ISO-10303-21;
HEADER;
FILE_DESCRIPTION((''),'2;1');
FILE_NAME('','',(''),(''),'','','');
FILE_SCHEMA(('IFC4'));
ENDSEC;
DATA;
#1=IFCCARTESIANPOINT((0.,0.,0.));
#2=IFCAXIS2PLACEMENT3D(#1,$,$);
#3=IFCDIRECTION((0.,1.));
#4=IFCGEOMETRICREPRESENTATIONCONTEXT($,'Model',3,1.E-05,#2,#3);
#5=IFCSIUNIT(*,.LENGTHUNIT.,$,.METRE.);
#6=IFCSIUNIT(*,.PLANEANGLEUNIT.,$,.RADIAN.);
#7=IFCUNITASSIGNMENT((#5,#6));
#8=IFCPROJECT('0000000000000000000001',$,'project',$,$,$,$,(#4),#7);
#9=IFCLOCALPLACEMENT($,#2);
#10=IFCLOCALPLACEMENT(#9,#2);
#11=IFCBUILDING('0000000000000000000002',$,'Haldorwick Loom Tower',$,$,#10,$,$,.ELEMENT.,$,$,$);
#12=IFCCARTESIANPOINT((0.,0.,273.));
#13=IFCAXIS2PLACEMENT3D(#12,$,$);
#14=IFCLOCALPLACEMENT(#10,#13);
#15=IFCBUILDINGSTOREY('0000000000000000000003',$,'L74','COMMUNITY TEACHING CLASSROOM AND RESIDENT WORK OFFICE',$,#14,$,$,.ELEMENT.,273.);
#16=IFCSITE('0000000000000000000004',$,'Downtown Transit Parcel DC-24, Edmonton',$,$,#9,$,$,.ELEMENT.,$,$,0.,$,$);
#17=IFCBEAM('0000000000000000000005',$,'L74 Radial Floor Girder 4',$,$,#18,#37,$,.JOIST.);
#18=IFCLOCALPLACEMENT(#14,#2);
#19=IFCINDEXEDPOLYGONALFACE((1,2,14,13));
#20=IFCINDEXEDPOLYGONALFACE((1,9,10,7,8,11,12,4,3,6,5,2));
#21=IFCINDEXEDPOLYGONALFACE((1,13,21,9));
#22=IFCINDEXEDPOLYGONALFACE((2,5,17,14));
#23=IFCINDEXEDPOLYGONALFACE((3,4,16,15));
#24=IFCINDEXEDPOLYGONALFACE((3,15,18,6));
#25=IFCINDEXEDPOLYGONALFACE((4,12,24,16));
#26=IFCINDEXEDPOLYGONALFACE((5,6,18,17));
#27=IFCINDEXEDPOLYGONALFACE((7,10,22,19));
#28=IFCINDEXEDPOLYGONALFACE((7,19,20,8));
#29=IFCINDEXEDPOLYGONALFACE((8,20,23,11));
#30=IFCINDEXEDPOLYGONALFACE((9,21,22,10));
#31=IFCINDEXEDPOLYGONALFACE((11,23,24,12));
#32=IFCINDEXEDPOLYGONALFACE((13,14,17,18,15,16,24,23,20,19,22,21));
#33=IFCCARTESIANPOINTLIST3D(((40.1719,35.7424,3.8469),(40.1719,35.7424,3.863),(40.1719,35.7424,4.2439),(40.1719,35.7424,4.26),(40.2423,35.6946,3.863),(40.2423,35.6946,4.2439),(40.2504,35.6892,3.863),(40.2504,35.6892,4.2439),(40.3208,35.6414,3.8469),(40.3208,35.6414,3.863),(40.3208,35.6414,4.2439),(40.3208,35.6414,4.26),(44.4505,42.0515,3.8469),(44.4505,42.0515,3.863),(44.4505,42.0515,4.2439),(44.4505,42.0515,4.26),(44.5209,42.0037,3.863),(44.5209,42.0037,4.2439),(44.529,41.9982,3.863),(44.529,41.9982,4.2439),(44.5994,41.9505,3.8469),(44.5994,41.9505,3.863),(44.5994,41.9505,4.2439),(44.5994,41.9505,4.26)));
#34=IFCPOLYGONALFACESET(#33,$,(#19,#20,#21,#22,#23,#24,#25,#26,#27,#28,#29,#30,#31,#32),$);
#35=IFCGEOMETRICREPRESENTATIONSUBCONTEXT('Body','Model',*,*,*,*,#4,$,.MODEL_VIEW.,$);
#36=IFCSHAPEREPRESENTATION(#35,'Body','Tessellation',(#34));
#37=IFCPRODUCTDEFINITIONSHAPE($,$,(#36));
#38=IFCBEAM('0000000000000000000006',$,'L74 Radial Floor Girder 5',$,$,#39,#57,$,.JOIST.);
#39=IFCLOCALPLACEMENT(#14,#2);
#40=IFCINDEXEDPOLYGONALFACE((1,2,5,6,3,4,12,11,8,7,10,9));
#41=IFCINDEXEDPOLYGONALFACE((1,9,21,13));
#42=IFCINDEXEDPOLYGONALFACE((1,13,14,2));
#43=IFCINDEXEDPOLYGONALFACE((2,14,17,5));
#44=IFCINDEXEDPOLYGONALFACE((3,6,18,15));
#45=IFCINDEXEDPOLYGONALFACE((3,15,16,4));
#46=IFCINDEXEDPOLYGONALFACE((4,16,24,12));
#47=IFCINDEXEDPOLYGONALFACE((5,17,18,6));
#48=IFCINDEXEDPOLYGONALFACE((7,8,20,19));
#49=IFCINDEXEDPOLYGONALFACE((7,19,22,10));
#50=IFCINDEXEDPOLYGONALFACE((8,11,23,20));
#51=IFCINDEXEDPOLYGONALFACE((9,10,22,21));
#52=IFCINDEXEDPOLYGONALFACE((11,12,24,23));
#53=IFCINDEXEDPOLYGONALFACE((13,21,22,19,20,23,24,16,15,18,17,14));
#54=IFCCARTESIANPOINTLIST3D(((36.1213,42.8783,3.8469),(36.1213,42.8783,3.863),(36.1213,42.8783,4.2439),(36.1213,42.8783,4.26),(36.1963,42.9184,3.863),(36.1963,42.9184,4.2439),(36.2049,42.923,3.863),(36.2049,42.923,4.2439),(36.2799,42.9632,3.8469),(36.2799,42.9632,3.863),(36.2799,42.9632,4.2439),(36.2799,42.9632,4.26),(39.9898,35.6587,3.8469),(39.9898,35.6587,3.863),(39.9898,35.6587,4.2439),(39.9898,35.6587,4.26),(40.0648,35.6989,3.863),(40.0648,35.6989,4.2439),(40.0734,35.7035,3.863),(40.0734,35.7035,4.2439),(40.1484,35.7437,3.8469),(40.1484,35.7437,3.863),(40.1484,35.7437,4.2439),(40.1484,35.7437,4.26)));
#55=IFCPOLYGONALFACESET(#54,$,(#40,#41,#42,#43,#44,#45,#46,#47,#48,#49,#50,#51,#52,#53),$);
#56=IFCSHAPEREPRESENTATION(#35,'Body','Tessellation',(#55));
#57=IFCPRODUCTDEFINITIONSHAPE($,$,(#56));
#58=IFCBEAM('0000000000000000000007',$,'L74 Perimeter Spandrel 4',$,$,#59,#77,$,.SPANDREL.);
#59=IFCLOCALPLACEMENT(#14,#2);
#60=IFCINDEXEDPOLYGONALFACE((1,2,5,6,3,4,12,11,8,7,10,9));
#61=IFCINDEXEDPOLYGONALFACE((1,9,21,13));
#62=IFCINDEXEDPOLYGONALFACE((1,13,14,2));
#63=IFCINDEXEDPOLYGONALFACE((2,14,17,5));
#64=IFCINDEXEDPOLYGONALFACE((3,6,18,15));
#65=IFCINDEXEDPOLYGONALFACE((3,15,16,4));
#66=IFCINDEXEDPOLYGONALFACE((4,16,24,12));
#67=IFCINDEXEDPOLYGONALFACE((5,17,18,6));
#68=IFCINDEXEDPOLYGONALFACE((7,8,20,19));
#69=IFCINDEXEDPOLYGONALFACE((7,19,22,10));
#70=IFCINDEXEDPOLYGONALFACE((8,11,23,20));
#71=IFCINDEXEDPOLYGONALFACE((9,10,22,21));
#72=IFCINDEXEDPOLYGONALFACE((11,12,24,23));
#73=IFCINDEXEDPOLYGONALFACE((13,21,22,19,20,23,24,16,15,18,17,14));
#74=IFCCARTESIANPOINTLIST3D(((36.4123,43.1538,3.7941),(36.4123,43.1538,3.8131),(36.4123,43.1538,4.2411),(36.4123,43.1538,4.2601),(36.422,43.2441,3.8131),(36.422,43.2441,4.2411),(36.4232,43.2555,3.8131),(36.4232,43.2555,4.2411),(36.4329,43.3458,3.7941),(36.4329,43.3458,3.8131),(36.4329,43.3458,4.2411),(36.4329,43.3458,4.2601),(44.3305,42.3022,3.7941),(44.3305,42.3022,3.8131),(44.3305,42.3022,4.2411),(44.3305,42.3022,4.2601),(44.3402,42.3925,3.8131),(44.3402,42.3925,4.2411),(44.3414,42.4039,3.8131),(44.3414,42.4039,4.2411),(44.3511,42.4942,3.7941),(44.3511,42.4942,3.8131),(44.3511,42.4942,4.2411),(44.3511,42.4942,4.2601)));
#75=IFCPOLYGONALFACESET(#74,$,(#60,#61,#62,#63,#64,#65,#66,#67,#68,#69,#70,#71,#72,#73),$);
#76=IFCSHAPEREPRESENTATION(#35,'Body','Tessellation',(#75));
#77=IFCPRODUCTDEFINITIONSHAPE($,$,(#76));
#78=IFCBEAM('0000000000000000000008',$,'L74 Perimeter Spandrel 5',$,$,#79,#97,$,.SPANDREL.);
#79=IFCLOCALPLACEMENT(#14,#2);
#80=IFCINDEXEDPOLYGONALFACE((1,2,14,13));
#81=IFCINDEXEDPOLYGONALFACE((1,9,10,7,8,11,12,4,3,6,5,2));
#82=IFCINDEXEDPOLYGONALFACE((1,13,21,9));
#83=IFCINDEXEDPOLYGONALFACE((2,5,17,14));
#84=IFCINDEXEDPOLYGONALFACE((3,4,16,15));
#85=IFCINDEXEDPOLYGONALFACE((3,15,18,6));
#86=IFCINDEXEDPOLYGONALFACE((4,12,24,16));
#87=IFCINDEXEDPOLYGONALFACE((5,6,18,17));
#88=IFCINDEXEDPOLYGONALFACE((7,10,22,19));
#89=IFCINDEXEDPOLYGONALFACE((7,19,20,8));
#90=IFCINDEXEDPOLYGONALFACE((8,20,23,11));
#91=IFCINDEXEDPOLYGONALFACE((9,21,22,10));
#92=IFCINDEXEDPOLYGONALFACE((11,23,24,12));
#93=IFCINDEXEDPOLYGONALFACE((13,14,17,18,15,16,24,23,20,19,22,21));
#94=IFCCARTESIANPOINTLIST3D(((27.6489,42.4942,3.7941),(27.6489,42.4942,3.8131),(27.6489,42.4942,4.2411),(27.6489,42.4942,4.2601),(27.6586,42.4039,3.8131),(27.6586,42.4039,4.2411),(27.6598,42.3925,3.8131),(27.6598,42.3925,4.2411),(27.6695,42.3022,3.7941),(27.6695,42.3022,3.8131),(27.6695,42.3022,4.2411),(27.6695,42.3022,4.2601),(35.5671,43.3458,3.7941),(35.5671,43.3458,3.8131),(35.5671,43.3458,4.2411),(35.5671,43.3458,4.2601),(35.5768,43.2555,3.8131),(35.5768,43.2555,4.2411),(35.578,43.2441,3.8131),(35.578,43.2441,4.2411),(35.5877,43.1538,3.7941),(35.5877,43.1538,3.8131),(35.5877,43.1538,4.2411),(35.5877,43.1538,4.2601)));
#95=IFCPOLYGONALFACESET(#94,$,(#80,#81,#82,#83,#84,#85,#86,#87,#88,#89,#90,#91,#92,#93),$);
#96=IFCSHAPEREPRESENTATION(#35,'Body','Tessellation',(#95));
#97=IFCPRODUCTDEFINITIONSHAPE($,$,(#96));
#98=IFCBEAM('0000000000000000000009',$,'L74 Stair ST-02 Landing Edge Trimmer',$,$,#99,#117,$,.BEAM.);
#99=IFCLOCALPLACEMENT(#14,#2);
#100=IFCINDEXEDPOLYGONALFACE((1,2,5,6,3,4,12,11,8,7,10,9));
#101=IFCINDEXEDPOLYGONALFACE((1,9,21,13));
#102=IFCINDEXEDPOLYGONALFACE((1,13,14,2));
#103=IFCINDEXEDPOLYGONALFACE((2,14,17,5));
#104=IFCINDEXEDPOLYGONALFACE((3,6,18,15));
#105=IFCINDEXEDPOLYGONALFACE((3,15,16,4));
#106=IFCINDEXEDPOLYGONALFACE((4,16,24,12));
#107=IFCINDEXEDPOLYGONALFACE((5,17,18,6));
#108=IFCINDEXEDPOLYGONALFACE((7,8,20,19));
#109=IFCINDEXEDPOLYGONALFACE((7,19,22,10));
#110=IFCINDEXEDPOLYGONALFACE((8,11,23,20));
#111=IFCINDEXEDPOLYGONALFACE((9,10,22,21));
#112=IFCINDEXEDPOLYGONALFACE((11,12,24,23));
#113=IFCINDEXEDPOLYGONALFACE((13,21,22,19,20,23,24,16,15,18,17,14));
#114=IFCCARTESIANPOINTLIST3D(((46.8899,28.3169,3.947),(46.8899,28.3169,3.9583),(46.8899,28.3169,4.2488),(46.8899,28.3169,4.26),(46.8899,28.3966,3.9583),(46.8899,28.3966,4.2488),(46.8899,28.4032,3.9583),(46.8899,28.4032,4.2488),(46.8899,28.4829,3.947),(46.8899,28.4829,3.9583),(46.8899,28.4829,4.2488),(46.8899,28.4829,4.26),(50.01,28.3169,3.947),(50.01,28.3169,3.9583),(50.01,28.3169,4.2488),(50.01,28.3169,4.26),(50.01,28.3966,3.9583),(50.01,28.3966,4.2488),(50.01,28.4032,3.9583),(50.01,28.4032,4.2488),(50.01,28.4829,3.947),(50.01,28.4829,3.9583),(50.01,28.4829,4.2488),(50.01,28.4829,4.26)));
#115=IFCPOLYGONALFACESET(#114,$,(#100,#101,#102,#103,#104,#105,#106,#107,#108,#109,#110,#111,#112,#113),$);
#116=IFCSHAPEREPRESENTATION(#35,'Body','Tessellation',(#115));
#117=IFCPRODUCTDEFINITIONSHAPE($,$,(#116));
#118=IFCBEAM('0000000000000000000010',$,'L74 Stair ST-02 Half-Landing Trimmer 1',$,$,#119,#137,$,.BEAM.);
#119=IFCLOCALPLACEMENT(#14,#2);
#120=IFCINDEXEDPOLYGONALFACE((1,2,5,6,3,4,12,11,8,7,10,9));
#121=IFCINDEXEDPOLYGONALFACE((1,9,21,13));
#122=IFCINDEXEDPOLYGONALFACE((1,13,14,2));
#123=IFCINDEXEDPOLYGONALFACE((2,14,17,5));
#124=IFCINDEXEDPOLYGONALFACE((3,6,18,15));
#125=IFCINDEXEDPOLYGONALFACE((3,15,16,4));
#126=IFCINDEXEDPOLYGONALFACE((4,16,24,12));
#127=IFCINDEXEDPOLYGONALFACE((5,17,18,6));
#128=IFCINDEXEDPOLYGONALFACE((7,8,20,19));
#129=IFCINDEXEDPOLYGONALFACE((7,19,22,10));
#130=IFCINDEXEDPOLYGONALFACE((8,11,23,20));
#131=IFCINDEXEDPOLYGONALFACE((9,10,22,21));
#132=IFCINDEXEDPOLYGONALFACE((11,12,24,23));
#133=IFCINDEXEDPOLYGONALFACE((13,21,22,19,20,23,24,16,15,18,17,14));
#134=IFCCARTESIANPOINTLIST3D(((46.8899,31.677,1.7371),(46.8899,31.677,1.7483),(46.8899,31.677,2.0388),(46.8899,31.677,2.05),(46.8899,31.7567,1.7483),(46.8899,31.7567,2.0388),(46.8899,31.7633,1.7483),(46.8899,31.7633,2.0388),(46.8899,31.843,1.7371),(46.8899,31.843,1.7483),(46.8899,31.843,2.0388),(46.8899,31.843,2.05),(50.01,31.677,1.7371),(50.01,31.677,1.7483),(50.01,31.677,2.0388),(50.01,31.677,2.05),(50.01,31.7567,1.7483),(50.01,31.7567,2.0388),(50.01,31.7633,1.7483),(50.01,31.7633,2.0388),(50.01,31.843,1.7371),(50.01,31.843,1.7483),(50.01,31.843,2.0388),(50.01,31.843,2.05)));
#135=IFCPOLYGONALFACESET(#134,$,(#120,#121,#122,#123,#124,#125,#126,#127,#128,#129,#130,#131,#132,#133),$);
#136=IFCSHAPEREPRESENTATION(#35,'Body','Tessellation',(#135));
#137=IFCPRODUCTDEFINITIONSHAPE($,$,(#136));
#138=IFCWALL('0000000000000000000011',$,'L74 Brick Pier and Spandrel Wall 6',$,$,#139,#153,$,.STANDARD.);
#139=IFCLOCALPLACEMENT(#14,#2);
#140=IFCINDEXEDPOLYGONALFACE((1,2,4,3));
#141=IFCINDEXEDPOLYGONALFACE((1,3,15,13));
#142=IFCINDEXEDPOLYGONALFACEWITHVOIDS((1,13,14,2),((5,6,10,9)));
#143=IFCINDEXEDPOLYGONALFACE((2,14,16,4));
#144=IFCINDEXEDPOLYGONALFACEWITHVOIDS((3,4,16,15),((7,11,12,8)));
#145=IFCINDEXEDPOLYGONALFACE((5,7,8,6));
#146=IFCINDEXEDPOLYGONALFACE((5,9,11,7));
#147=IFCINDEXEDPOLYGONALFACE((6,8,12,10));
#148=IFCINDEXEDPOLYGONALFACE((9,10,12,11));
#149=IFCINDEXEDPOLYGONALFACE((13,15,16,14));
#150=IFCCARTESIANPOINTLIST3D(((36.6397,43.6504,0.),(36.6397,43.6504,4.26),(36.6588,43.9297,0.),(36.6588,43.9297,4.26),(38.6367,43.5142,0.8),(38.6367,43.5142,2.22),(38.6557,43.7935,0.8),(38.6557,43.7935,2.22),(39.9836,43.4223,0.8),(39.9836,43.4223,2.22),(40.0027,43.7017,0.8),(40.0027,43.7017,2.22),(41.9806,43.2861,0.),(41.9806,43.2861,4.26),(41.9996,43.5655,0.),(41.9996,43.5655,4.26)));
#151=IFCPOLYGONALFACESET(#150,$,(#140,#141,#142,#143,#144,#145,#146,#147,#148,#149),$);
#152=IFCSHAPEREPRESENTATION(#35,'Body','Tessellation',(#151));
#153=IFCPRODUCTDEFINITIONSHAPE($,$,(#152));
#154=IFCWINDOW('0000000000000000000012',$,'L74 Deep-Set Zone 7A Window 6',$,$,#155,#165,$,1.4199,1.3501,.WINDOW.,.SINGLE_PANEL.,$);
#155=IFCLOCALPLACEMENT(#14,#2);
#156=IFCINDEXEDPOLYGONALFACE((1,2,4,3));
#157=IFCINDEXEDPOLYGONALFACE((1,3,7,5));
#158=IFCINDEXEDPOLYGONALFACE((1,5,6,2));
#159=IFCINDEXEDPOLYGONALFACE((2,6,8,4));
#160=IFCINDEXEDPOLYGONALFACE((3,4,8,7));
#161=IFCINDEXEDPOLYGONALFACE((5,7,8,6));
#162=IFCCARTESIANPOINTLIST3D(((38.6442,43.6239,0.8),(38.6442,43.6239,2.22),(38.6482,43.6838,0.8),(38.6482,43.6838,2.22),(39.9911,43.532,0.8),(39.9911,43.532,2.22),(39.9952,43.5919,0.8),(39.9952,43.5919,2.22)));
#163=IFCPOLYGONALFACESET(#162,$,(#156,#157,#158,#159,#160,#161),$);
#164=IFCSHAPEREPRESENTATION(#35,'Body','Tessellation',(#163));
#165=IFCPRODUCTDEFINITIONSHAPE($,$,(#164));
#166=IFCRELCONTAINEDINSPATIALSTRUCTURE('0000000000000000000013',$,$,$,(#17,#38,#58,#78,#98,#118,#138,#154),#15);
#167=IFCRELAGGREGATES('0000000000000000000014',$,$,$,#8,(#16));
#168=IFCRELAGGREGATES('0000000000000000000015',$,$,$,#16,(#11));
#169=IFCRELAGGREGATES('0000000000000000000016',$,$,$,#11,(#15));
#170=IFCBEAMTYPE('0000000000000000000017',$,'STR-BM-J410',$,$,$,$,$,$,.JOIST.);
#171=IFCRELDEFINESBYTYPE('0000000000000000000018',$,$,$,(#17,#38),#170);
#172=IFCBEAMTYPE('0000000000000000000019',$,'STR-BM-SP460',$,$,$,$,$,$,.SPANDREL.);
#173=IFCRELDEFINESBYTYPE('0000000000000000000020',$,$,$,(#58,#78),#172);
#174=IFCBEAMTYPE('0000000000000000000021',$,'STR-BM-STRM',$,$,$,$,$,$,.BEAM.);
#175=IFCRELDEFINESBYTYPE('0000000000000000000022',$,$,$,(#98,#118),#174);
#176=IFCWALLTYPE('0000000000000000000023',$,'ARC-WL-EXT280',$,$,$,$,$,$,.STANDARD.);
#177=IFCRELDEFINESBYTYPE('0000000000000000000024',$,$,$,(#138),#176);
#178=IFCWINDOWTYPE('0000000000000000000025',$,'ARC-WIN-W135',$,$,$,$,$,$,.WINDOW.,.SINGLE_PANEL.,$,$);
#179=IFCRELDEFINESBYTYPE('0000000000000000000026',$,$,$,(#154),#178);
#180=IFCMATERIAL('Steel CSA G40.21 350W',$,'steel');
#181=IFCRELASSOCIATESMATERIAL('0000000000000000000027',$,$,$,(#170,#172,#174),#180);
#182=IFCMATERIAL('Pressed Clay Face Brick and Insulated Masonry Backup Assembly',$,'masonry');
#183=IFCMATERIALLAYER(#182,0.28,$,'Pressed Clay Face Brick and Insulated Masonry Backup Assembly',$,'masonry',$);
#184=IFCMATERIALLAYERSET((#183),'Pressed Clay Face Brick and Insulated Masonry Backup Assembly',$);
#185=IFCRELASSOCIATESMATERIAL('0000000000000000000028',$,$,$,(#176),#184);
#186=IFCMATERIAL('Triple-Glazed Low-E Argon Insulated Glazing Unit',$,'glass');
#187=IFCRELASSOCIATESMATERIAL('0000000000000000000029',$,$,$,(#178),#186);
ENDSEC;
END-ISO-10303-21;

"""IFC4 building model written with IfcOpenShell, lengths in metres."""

from ifc_helpers import new_model, si_unit, direction, frame, frame_2d, origin, origin_2d, place, context, subcontext, project, spatial, rectangle, i_section, extrude, material, layer, layer_set, material_profile, profile_set, type_object, element, fill, save


model = new_model("IFC4")

# Units and contexts
model_context = context("Model", 3, precision=1e-05, world=origin(), true_north=direction((0.0, 1.0)))
body_context = subcontext(model_context, "Body", "Model", "MODEL_VIEW")
ifc_project = project(units=[si_unit("LENGTHUNIT", "METRE"), si_unit("PLANEANGLEUNIT", "RADIAN")], contexts=[model_context])

# Site, building, storey
site_placement = place(None, origin())
site = spatial("IfcSite", under=ifc_project, at=site_placement, Name="Downtown Transit Parcel DC-24, Edmonton", CompositionType="ELEMENT", RefElevation=0.0)
building_placement = place(site_placement, origin())
building = spatial("IfcBuilding", under=site, at=building_placement, Name="Haldorwick Loom Tower", CompositionType="ELEMENT")
storey_placement = place(building_placement, frame((0.0, 0.0, 273.0)))
storey = spatial("IfcBuildingStorey", under=building, at=storey_placement, Name="L74", Description="COMMUNITY TEACHING CLASSROOM AND RESIDENT WORK OFFICE", CompositionType="ELEMENT", Elevation=273.0)

# Shared definitions
ifc_material_1 = material(Name="Steel CSA G40.21 350W", Category="steel")

# Beams
ifc_material_profile_1 = material_profile(ifc_material_1, i_section(OverallWidth=0.1799, OverallDepth=0.4131, WebThickness=0.0098, FlangeThickness=0.0161, at=origin_2d()), Name="W410X74", Category="steel")
ifc_profile_set_1 = profile_set([ifc_material_profile_1], Name="Steel CSA G40.21 350W")
beam_type_1 = type_object("IfcBeamType", Name="STR-BM-J410", PredefinedType="JOIST", material=ifc_profile_set_1)
beam_1_placement = place(storey_placement, frame((40.2463, 35.6919, 4.0535), z_axis=(0.561268, 0.827634, 0.0), x_axis=(-0.827634, 0.561268, 0.0)))
element("IfcBeam", 1, at=beam_1_placement, inside=storey, type_object=beam_type_1, Name="L74 Radial Floor Girder 4", PredefinedType="JOIST", context=body_context, shape_type="SweptSolid", body=[
    extrude(i_section(OverallWidth=0.1799, OverallDepth=0.4131, WebThickness=0.0098, FlangeThickness=0.0161, at=origin_2d()), origin(), (0.0, 0.0, 1.0), 7.623),
])
beam_2_placement = place(storey_placement, frame((40.0691, 35.7012, 4.0535), z_axis=(-0.4723, 0.881438, 0.0), x_axis=(-0.881438, -0.4723, 0.0)))
element("IfcBeam", 2, at=beam_2_placement, inside=storey, type_object=beam_type_1, Name="L74 Radial Floor Girder 5", PredefinedType="JOIST", context=body_context, shape_type="SweptSolid", body=[
    extrude(i_section(OverallWidth=0.1799, OverallDepth=0.4131, WebThickness=0.0098, FlangeThickness=0.0161, at=origin_2d()), origin(), (0.0, 0.0, 1.0), 8.1907),
])
ifc_material_profile_2 = material_profile(ifc_material_1, i_section(OverallWidth=0.1931, OverallDepth=0.4661, WebThickness=0.0115, FlangeThickness=0.019, at=origin_2d()), Name="W460X97", Category="steel")
ifc_profile_set_2 = profile_set([ifc_material_profile_2], Name="Steel CSA G40.21 350W")
beam_type_2 = type_object("IfcBeamType", Name="STR-BM-SP460", PredefinedType="SPANDREL", material=ifc_profile_set_2)
for number, where, z_axis, x_axis, name in (
    (3, (44.3408, 42.3982, 4.0271), (-0.994267, 0.106928, 0.0), (-0.106928, -0.994267, 0.0), "L74 Perimeter Spandrel 4"),
    (4, (35.5774, 43.2498, 4.0271), (-0.994267, -0.106928, 0.0), (0.106928, -0.994267, 0.0), "L74 Perimeter Spandrel 5"),
):
    element("IfcBeam", number, at=place(storey_placement, frame(where, z_axis=z_axis, x_axis=x_axis)), inside=storey, type_object=beam_type_2, Name=name, PredefinedType="SPANDREL", context=body_context, shape_type="SweptSolid", body=[
        extrude(i_section(OverallWidth=0.1931, OverallDepth=0.4661, WebThickness=0.0115, FlangeThickness=0.019, at=origin_2d()), origin(), (0.0, 0.0, 1.0), 7.9639),
    ])
ifc_material_profile_3 = material_profile(ifc_material_1, i_section(OverallWidth=0.166, OverallDepth=0.313, WebThickness=0.0066, FlangeThickness=0.0112, at=origin_2d()), Name="W310X45", Category="steel")
ifc_profile_set_3 = profile_set([ifc_material_profile_3], Name="Steel CSA G40.21 350W")
beam_type_3 = type_object("IfcBeamType", Name="STR-BM-STRM", PredefinedType="BEAM", material=ifc_profile_set_3)
for number, where, z_axis, x_axis, name in (
    (5, (46.8899, 28.3999, 4.1035), (1.0, 0.0, 0.0), (0.0, 1.0, 0.0), "L74 Stair ST-02 Landing Edge Trimmer"),
    (6, (46.8899, 31.76, 1.8936), (1.0, 0.0, 0.0), (0.0, 1.0, 0.0), "L74 Stair ST-02 Half-Landing Trimmer 1"),
):
    element("IfcBeam", number, at=place(storey_placement, frame(where, z_axis=z_axis, x_axis=x_axis)), inside=storey, type_object=beam_type_3, Name=name, PredefinedType="BEAM", context=body_context, shape_type="SweptSolid", body=[
        extrude(i_section(OverallWidth=0.166, OverallDepth=0.313, WebThickness=0.0066, FlangeThickness=0.0112, at=origin_2d()), origin(), (0.0, 0.0, 1.0), 3.1201),
    ])

# Wall, opening, window
ifc_material_2 = material(Name="Pressed Clay Face Brick and Insulated Masonry Backup Assembly", Category="masonry")
ifc_layer_1 = layer(ifc_material_2, 0.28, Name="Pressed Clay Face Brick and Insulated Masonry Backup Assembly", Category="masonry")
ifc_layer_set_1 = layer_set([ifc_layer_1], Name="Pressed Clay Face Brick and Insulated Masonry Backup Assembly")
wall_type_1 = type_object("IfcWallType", Name="ARC-WL-EXT280", PredefinedType="STANDARD", material=ifc_layer_set_1)
wall_1_placement = place(storey_placement, frame((41.9902, 43.4258, 0.0), z_axis=(0.0, 0.0, 1.0), x_axis=(-0.997682, 0.068045, 0.0)))
wall_1 = element("IfcWall", 7, at=wall_1_placement, inside=storey, type_object=wall_type_1, Name="L74 Brick Pier and Spandrel Wall 6", PredefinedType="STANDARD", context=body_context, shape_type="SweptSolid", body=[
    extrude(rectangle(XDim=5.3533, YDim=0.28, at=frame_2d((2.6768, 0.0))), origin(), (0.0, 0.0, 1.0), 4.26),
])
opening_1_placement = place(wall_1_placement, frame((2.0017, 0.0, 0.8)))
opening_1 = element("IfcOpeningElement", 8, at=opening_1_placement, cuts=wall_1, PredefinedType="OPENING", context=body_context, shape_type="SweptSolid", body=[
    extrude(rectangle(XDim=1.3501, YDim=1.4199, at=frame_2d((0.675, 0.71))), frame((0.0, 0.1499, 0.0), z_axis=(0.0, -1.0, 0.0), x_axis=(1.0, 0.0, 0.0)), (0.0, 0.0, 1.0), 0.3),
])
ifc_material_3 = material(Name="Triple-Glazed Low-E Argon Insulated Glazing Unit", Category="glass")
window_type = type_object("IfcWindowType", Name="ARC-WIN-W135", PartitioningType="SINGLE_PANEL", PredefinedType="WINDOW", material=ifc_material_3)
window_1_placement = place(opening_1_placement, origin())
window_1 = element("IfcWindow", 9, at=window_1_placement, inside=storey, type_object=window_type, Name="L74 Deep-Set Zone 7A Window 6", OverallHeight=1.4199, OverallWidth=1.3501, PartitioningType="SINGLE_PANEL", PredefinedType="WINDOW", context=body_context, shape_type="SweptSolid", body=[
    extrude(rectangle(XDim=1.3501, YDim=1.4199, at=frame_2d((0.675, 0.71))), frame((0.0, 0.03, 0.0), z_axis=(0.0, -1.0, 0.0), x_axis=(1.0, 0.0, 0.0)), (0.0, 0.0, 1.0), 0.0601),
])
fill(opening_1, window_1)

save(model, "model.ifc")
